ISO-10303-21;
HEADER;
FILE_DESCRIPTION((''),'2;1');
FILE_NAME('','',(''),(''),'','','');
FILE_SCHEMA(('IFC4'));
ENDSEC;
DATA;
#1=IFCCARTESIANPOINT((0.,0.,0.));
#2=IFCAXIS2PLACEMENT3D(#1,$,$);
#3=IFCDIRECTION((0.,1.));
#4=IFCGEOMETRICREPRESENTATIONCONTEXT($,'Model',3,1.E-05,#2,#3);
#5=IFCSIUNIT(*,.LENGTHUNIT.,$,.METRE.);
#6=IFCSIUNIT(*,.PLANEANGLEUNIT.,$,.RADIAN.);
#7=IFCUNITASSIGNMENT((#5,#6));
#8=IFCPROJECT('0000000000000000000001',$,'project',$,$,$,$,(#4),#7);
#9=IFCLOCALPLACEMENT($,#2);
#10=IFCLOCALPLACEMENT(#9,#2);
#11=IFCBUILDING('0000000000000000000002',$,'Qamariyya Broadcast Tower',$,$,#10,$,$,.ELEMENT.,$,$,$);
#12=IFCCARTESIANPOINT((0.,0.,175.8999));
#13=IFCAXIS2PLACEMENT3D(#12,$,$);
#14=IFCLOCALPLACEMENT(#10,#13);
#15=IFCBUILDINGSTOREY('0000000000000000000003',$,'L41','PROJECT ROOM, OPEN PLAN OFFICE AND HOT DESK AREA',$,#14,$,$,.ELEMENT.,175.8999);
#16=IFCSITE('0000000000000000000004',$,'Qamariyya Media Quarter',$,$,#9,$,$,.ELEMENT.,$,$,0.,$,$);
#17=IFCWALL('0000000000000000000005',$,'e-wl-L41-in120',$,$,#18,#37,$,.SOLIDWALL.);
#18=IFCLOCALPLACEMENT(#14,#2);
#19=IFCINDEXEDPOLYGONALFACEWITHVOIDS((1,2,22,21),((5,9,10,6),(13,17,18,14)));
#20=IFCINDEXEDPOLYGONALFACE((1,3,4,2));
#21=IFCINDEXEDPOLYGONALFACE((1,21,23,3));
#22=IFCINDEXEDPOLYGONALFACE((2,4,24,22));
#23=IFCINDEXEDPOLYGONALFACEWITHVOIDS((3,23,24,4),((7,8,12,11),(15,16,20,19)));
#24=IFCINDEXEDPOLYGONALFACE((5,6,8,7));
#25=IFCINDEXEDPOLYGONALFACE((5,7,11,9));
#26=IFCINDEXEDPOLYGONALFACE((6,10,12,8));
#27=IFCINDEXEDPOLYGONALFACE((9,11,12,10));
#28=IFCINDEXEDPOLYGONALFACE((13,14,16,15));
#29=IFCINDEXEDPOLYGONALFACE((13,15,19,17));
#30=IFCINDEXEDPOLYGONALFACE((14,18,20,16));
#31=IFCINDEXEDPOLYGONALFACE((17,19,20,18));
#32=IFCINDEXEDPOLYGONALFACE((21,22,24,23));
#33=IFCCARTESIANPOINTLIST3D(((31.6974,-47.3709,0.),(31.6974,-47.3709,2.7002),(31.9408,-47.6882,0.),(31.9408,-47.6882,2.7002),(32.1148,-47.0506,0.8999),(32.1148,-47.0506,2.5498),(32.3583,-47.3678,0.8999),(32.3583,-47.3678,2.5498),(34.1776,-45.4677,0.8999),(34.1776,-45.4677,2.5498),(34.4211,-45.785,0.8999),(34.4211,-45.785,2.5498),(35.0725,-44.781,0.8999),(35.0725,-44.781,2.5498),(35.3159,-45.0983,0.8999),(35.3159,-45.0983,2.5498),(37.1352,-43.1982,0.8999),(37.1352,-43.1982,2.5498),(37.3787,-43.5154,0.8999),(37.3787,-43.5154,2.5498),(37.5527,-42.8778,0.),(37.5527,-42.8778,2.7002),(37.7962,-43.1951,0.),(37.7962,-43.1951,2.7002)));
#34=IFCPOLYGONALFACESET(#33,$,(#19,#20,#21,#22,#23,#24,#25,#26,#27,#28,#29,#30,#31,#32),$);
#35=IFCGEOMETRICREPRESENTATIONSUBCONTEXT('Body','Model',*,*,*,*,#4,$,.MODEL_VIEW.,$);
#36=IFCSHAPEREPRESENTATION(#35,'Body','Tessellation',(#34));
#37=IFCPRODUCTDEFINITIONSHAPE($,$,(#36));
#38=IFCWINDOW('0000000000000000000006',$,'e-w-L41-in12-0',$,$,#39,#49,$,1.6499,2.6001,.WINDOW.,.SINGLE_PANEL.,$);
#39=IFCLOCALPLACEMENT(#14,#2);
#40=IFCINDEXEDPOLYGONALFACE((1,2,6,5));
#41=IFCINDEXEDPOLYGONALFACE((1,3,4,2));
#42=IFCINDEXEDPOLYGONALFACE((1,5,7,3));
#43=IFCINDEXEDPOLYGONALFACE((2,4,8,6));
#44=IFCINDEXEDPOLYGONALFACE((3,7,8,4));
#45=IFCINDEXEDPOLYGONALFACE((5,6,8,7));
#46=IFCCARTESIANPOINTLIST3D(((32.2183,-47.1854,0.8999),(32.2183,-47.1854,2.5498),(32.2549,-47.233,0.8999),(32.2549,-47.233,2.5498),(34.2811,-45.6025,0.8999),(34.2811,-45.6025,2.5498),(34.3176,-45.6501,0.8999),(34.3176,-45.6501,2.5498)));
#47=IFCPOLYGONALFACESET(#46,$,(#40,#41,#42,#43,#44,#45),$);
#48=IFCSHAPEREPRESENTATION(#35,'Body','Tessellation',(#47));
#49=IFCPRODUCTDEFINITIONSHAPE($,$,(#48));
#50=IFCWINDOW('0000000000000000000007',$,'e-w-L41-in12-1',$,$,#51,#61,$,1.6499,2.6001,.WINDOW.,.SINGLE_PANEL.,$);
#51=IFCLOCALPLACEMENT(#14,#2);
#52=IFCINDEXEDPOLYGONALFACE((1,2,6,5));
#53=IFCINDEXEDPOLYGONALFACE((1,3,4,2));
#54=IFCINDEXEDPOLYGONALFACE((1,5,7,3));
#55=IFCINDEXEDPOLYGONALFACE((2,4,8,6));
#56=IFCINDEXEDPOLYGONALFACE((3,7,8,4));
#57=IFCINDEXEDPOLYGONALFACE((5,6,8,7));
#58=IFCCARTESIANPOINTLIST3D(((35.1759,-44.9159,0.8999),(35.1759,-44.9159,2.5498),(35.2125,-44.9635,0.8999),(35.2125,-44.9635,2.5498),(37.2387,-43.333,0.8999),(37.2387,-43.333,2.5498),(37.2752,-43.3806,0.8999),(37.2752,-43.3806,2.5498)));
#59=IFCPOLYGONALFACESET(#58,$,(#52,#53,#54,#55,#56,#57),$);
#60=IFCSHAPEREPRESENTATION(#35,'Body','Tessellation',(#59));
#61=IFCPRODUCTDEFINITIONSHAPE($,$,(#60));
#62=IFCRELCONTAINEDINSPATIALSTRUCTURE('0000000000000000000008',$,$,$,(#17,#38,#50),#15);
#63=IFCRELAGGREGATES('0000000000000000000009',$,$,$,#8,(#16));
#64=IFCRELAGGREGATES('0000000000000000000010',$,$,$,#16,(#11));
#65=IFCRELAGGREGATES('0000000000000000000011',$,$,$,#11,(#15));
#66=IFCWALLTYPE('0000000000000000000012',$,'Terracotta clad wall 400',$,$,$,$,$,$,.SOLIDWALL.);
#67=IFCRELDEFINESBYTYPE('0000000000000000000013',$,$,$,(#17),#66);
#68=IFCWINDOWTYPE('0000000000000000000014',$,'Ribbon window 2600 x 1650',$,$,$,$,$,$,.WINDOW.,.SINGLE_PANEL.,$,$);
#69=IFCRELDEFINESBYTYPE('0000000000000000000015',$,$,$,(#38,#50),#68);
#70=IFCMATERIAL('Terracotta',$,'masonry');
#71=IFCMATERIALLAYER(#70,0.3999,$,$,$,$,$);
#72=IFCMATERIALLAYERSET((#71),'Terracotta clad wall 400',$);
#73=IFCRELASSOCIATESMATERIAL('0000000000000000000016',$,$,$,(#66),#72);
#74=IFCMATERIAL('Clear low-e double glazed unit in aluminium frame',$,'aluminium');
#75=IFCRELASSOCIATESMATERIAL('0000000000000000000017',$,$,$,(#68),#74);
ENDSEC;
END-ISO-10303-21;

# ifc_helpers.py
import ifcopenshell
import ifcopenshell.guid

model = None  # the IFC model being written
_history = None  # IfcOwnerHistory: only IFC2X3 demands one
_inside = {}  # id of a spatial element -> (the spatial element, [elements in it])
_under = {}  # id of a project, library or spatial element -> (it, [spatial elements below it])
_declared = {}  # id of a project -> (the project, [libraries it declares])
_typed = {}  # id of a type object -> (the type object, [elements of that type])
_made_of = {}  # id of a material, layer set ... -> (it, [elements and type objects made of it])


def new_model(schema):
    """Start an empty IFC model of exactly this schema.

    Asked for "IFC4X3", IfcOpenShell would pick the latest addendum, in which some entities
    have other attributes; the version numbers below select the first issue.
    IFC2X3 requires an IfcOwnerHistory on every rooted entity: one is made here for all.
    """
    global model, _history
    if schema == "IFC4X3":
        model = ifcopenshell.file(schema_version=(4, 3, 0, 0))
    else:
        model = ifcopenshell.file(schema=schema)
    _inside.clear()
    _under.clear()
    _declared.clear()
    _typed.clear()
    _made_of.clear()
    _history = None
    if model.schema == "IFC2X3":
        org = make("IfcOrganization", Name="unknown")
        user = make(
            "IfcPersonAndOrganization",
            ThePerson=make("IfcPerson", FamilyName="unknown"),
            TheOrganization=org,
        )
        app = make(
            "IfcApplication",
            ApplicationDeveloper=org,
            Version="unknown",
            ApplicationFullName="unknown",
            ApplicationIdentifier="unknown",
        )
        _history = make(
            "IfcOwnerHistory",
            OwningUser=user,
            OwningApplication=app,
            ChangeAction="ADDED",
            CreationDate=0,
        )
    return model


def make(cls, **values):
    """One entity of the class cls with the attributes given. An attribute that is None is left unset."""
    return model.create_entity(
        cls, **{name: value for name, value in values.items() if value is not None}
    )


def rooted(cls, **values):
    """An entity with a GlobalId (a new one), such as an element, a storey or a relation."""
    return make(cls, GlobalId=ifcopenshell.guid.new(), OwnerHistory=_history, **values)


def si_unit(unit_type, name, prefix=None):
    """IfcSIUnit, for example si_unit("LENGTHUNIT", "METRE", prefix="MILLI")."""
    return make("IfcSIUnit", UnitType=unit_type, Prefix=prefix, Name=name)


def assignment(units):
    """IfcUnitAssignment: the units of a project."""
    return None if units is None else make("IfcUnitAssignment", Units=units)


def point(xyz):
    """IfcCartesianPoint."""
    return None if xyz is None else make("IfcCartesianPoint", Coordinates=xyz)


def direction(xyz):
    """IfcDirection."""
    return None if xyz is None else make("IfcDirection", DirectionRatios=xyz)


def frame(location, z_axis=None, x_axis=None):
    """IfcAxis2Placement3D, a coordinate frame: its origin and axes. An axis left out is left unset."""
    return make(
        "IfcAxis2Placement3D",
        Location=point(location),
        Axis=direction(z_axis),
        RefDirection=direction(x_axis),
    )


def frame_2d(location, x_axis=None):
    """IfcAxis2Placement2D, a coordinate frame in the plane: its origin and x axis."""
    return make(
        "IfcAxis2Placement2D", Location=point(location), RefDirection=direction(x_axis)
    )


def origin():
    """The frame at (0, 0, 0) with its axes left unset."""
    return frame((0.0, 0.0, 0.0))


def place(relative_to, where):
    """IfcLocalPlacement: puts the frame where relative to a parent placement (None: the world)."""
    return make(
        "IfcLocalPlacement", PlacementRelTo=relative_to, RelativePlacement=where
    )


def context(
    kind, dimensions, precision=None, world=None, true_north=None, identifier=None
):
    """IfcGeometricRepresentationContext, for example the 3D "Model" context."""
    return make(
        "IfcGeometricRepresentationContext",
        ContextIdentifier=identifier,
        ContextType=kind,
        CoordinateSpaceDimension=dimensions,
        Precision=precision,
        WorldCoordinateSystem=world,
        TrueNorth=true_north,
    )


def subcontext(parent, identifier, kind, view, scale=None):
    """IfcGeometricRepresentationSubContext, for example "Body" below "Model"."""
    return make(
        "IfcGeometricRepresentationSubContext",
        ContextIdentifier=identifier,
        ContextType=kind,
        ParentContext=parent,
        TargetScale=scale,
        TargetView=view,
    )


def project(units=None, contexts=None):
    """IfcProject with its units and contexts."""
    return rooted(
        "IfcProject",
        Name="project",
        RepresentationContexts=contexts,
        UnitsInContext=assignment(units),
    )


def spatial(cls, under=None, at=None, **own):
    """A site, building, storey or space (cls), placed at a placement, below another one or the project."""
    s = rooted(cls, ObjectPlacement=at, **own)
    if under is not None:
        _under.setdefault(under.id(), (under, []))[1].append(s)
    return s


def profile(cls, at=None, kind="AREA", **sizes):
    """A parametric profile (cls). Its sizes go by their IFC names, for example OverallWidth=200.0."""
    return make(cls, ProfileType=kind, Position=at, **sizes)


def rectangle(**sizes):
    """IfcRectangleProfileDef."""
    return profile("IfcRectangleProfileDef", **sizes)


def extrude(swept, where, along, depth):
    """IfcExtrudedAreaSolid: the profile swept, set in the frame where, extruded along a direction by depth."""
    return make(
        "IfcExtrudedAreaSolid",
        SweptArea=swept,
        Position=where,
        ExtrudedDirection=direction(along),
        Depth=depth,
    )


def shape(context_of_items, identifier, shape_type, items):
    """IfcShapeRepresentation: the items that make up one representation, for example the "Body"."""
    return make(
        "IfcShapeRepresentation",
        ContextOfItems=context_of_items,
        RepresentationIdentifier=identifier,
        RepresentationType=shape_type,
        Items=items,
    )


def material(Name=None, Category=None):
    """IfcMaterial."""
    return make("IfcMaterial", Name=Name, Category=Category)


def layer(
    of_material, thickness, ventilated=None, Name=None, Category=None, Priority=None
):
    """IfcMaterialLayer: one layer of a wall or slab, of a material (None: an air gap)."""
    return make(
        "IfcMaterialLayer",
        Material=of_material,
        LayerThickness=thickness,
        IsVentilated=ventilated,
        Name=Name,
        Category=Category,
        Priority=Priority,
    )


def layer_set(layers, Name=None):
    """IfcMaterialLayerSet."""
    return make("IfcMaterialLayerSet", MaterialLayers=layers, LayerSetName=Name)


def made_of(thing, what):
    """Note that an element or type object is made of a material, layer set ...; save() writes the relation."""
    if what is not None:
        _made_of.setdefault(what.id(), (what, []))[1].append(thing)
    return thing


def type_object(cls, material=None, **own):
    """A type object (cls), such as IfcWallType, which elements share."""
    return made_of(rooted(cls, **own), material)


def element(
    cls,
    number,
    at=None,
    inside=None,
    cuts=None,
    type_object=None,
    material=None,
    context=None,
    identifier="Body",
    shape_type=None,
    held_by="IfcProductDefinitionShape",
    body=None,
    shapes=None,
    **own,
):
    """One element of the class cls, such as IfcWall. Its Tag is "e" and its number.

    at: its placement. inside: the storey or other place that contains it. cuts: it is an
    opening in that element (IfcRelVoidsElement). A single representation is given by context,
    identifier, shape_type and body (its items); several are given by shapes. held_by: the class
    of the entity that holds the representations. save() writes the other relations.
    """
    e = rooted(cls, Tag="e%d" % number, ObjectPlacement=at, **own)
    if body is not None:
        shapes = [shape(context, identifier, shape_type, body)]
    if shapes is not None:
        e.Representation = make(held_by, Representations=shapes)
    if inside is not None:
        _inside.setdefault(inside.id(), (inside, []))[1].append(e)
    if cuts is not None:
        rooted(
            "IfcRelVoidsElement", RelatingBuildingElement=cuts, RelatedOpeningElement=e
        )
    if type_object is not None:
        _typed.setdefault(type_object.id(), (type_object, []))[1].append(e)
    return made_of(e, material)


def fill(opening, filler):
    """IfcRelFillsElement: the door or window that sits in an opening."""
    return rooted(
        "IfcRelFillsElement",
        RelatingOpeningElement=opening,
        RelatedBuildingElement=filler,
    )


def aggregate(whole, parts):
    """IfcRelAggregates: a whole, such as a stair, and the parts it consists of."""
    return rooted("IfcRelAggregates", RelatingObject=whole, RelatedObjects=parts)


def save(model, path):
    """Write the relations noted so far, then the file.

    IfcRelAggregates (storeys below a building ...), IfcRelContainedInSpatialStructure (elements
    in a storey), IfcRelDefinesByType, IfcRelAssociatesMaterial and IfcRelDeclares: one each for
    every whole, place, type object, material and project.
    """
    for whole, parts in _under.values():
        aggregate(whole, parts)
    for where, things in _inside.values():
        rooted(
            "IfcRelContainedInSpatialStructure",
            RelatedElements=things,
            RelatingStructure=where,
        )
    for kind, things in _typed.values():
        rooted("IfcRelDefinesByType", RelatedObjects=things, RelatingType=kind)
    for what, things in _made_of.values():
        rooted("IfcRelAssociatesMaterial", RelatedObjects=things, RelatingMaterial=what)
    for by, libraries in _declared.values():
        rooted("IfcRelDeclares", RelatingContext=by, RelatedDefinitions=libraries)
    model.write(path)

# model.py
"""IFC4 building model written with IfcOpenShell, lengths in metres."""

from ifc_helpers import new_model, si_unit, direction, frame, frame_2d, origin, place, context, subcontext, project, spatial, rectangle, extrude, material, layer, layer_set, type_object, element, fill, save


model = new_model("IFC4")

# Units and contexts
model_context = context("Model", 3, precision=1e-05, world=origin(), true_north=direction((0.0, 1.0)))
body_context = subcontext(model_context, "Body", "Model", "MODEL_VIEW")
ifc_project = project(units=[si_unit("LENGTHUNIT", "METRE"), si_unit("PLANEANGLEUNIT", "RADIAN")], contexts=[model_context])

# Site, building, storey
site_placement = place(None, origin())
site = spatial("IfcSite", under=ifc_project, at=site_placement, Name="Qamariyya Media Quarter", CompositionType="ELEMENT", RefElevation=0.0)
building_placement = place(site_placement, origin())
building = spatial("IfcBuilding", under=site, at=building_placement, Name="Qamariyya Broadcast Tower", CompositionType="ELEMENT")
storey_placement = place(building_placement, frame((0.0, 0.0, 175.8999)))
storey = spatial("IfcBuildingStorey", under=building, at=storey_placement, Name="L41", Description="PROJECT ROOM, OPEN PLAN OFFICE AND HOT DESK AREA", CompositionType="ELEMENT", Elevation=175.8999)

# Wall, openings, windows
ifc_material_1 = material(Name="Terracotta", Category="masonry")
ifc_layer = layer(ifc_material_1, 0.3999)
ifc_layer_set = layer_set([ifc_layer], Name="Terracotta clad wall 400")
wall_type = type_object("IfcWallType", Name="Terracotta clad wall 400", PredefinedType="SOLIDWALL", material=ifc_layer_set)
wall_placement = place(storey_placement, frame((37.6746, -43.0364, 0.0), z_axis=(0.0, 0.0, 1.0), x_axis=(-0.793346, -0.60877, 0.0)))
wall = element("IfcWall", 1, at=wall_placement, inside=storey, type_object=wall_type, Name="e-wl-L41-in120", PredefinedType="SOLIDWALL", context=body_context, shape_type="SweptSolid", body=[
    extrude(rectangle(XDim=7.3806, YDim=0.3999, at=frame_2d((3.6904, 0.0))), origin(), (0.0, 0.0, 1.0), 2.7002),
])
opening_1_placement = place(wall_placement, frame((4.2544, 0.0, 0.8999)))
opening_1 = element("IfcOpeningElement", 2, at=opening_1_placement, cuts=wall, PredefinedType="OPENING", context=body_context, shape_type="SweptSolid", body=[
    extrude(rectangle(XDim=2.6001, YDim=1.6499, at=frame_2d((1.3, 0.825))), frame((0.0, 0.21, 0.0), z_axis=(0.0, -1.0, 0.0), x_axis=(1.0, 0.0, 0.0)), (0.0, 0.0, 1.0), 0.4199),
])
opening_2_placement = place(wall_placement, frame((0.5264, 0.0, 0.8999)))
opening_2 = element("IfcOpeningElement", 3, at=opening_2_placement, cuts=wall, PredefinedType="OPENING", context=body_context, shape_type="SweptSolid", body=[
    extrude(rectangle(XDim=2.6001, YDim=1.6499, at=frame_2d((1.3, 0.825))), frame((0.0, 0.21, 0.0), z_axis=(0.0, -1.0, 0.0), x_axis=(1.0, 0.0, 0.0)), (0.0, 0.0, 1.0), 0.4199),
])
ifc_material_2 = material(Name="Clear low-e double glazed unit in aluminium frame", Category="aluminium")
window_type = type_object("IfcWindowType", Name="Ribbon window 2600 x 1650", PartitioningType="SINGLE_PANEL", PredefinedType="WINDOW", material=ifc_material_2)
window_1_placement = place(opening_1_placement, origin())
window_1 = element("IfcWindow", 4, at=window_1_placement, inside=storey, type_object=window_type, Name="e-w-L41-in12-0", OverallHeight=1.6499, OverallWidth=2.6001, PartitioningType="SINGLE_PANEL", PredefinedType="WINDOW", context=body_context, shape_type="SweptSolid", body=[
    extrude(rectangle(XDim=2.6001, YDim=1.6499, at=frame_2d((1.3, 0.825))), frame((0.0, 0.03, 0.0), z_axis=(0.0, -1.0, 0.0), x_axis=(1.0, 0.0, 0.0)), (0.0, 0.0, 1.0), 0.0601),
])
fill(opening_1, window_1)
window_2_placement = place(opening_2_placement, origin())
window_2 = element("IfcWindow", 5, at=window_2_placement, inside=storey, type_object=window_type, Name="e-w-L41-in12-1", OverallHeight=1.6499, OverallWidth=2.6001, PartitioningType="SINGLE_PANEL", PredefinedType="WINDOW", context=body_context, shape_type="SweptSolid", body=[
    extrude(rectangle(XDim=2.6001, YDim=1.6499, at=frame_2d((1.3, 0.825))), frame((0.0, 0.03, 0.0), z_axis=(0.0, -1.0, 0.0), x_axis=(1.0, 0.0, 0.0)), (0.0, 0.0, 1.0), 0.0601),
])
fill(opening_2, window_2)

save(model, "model.ifc")
